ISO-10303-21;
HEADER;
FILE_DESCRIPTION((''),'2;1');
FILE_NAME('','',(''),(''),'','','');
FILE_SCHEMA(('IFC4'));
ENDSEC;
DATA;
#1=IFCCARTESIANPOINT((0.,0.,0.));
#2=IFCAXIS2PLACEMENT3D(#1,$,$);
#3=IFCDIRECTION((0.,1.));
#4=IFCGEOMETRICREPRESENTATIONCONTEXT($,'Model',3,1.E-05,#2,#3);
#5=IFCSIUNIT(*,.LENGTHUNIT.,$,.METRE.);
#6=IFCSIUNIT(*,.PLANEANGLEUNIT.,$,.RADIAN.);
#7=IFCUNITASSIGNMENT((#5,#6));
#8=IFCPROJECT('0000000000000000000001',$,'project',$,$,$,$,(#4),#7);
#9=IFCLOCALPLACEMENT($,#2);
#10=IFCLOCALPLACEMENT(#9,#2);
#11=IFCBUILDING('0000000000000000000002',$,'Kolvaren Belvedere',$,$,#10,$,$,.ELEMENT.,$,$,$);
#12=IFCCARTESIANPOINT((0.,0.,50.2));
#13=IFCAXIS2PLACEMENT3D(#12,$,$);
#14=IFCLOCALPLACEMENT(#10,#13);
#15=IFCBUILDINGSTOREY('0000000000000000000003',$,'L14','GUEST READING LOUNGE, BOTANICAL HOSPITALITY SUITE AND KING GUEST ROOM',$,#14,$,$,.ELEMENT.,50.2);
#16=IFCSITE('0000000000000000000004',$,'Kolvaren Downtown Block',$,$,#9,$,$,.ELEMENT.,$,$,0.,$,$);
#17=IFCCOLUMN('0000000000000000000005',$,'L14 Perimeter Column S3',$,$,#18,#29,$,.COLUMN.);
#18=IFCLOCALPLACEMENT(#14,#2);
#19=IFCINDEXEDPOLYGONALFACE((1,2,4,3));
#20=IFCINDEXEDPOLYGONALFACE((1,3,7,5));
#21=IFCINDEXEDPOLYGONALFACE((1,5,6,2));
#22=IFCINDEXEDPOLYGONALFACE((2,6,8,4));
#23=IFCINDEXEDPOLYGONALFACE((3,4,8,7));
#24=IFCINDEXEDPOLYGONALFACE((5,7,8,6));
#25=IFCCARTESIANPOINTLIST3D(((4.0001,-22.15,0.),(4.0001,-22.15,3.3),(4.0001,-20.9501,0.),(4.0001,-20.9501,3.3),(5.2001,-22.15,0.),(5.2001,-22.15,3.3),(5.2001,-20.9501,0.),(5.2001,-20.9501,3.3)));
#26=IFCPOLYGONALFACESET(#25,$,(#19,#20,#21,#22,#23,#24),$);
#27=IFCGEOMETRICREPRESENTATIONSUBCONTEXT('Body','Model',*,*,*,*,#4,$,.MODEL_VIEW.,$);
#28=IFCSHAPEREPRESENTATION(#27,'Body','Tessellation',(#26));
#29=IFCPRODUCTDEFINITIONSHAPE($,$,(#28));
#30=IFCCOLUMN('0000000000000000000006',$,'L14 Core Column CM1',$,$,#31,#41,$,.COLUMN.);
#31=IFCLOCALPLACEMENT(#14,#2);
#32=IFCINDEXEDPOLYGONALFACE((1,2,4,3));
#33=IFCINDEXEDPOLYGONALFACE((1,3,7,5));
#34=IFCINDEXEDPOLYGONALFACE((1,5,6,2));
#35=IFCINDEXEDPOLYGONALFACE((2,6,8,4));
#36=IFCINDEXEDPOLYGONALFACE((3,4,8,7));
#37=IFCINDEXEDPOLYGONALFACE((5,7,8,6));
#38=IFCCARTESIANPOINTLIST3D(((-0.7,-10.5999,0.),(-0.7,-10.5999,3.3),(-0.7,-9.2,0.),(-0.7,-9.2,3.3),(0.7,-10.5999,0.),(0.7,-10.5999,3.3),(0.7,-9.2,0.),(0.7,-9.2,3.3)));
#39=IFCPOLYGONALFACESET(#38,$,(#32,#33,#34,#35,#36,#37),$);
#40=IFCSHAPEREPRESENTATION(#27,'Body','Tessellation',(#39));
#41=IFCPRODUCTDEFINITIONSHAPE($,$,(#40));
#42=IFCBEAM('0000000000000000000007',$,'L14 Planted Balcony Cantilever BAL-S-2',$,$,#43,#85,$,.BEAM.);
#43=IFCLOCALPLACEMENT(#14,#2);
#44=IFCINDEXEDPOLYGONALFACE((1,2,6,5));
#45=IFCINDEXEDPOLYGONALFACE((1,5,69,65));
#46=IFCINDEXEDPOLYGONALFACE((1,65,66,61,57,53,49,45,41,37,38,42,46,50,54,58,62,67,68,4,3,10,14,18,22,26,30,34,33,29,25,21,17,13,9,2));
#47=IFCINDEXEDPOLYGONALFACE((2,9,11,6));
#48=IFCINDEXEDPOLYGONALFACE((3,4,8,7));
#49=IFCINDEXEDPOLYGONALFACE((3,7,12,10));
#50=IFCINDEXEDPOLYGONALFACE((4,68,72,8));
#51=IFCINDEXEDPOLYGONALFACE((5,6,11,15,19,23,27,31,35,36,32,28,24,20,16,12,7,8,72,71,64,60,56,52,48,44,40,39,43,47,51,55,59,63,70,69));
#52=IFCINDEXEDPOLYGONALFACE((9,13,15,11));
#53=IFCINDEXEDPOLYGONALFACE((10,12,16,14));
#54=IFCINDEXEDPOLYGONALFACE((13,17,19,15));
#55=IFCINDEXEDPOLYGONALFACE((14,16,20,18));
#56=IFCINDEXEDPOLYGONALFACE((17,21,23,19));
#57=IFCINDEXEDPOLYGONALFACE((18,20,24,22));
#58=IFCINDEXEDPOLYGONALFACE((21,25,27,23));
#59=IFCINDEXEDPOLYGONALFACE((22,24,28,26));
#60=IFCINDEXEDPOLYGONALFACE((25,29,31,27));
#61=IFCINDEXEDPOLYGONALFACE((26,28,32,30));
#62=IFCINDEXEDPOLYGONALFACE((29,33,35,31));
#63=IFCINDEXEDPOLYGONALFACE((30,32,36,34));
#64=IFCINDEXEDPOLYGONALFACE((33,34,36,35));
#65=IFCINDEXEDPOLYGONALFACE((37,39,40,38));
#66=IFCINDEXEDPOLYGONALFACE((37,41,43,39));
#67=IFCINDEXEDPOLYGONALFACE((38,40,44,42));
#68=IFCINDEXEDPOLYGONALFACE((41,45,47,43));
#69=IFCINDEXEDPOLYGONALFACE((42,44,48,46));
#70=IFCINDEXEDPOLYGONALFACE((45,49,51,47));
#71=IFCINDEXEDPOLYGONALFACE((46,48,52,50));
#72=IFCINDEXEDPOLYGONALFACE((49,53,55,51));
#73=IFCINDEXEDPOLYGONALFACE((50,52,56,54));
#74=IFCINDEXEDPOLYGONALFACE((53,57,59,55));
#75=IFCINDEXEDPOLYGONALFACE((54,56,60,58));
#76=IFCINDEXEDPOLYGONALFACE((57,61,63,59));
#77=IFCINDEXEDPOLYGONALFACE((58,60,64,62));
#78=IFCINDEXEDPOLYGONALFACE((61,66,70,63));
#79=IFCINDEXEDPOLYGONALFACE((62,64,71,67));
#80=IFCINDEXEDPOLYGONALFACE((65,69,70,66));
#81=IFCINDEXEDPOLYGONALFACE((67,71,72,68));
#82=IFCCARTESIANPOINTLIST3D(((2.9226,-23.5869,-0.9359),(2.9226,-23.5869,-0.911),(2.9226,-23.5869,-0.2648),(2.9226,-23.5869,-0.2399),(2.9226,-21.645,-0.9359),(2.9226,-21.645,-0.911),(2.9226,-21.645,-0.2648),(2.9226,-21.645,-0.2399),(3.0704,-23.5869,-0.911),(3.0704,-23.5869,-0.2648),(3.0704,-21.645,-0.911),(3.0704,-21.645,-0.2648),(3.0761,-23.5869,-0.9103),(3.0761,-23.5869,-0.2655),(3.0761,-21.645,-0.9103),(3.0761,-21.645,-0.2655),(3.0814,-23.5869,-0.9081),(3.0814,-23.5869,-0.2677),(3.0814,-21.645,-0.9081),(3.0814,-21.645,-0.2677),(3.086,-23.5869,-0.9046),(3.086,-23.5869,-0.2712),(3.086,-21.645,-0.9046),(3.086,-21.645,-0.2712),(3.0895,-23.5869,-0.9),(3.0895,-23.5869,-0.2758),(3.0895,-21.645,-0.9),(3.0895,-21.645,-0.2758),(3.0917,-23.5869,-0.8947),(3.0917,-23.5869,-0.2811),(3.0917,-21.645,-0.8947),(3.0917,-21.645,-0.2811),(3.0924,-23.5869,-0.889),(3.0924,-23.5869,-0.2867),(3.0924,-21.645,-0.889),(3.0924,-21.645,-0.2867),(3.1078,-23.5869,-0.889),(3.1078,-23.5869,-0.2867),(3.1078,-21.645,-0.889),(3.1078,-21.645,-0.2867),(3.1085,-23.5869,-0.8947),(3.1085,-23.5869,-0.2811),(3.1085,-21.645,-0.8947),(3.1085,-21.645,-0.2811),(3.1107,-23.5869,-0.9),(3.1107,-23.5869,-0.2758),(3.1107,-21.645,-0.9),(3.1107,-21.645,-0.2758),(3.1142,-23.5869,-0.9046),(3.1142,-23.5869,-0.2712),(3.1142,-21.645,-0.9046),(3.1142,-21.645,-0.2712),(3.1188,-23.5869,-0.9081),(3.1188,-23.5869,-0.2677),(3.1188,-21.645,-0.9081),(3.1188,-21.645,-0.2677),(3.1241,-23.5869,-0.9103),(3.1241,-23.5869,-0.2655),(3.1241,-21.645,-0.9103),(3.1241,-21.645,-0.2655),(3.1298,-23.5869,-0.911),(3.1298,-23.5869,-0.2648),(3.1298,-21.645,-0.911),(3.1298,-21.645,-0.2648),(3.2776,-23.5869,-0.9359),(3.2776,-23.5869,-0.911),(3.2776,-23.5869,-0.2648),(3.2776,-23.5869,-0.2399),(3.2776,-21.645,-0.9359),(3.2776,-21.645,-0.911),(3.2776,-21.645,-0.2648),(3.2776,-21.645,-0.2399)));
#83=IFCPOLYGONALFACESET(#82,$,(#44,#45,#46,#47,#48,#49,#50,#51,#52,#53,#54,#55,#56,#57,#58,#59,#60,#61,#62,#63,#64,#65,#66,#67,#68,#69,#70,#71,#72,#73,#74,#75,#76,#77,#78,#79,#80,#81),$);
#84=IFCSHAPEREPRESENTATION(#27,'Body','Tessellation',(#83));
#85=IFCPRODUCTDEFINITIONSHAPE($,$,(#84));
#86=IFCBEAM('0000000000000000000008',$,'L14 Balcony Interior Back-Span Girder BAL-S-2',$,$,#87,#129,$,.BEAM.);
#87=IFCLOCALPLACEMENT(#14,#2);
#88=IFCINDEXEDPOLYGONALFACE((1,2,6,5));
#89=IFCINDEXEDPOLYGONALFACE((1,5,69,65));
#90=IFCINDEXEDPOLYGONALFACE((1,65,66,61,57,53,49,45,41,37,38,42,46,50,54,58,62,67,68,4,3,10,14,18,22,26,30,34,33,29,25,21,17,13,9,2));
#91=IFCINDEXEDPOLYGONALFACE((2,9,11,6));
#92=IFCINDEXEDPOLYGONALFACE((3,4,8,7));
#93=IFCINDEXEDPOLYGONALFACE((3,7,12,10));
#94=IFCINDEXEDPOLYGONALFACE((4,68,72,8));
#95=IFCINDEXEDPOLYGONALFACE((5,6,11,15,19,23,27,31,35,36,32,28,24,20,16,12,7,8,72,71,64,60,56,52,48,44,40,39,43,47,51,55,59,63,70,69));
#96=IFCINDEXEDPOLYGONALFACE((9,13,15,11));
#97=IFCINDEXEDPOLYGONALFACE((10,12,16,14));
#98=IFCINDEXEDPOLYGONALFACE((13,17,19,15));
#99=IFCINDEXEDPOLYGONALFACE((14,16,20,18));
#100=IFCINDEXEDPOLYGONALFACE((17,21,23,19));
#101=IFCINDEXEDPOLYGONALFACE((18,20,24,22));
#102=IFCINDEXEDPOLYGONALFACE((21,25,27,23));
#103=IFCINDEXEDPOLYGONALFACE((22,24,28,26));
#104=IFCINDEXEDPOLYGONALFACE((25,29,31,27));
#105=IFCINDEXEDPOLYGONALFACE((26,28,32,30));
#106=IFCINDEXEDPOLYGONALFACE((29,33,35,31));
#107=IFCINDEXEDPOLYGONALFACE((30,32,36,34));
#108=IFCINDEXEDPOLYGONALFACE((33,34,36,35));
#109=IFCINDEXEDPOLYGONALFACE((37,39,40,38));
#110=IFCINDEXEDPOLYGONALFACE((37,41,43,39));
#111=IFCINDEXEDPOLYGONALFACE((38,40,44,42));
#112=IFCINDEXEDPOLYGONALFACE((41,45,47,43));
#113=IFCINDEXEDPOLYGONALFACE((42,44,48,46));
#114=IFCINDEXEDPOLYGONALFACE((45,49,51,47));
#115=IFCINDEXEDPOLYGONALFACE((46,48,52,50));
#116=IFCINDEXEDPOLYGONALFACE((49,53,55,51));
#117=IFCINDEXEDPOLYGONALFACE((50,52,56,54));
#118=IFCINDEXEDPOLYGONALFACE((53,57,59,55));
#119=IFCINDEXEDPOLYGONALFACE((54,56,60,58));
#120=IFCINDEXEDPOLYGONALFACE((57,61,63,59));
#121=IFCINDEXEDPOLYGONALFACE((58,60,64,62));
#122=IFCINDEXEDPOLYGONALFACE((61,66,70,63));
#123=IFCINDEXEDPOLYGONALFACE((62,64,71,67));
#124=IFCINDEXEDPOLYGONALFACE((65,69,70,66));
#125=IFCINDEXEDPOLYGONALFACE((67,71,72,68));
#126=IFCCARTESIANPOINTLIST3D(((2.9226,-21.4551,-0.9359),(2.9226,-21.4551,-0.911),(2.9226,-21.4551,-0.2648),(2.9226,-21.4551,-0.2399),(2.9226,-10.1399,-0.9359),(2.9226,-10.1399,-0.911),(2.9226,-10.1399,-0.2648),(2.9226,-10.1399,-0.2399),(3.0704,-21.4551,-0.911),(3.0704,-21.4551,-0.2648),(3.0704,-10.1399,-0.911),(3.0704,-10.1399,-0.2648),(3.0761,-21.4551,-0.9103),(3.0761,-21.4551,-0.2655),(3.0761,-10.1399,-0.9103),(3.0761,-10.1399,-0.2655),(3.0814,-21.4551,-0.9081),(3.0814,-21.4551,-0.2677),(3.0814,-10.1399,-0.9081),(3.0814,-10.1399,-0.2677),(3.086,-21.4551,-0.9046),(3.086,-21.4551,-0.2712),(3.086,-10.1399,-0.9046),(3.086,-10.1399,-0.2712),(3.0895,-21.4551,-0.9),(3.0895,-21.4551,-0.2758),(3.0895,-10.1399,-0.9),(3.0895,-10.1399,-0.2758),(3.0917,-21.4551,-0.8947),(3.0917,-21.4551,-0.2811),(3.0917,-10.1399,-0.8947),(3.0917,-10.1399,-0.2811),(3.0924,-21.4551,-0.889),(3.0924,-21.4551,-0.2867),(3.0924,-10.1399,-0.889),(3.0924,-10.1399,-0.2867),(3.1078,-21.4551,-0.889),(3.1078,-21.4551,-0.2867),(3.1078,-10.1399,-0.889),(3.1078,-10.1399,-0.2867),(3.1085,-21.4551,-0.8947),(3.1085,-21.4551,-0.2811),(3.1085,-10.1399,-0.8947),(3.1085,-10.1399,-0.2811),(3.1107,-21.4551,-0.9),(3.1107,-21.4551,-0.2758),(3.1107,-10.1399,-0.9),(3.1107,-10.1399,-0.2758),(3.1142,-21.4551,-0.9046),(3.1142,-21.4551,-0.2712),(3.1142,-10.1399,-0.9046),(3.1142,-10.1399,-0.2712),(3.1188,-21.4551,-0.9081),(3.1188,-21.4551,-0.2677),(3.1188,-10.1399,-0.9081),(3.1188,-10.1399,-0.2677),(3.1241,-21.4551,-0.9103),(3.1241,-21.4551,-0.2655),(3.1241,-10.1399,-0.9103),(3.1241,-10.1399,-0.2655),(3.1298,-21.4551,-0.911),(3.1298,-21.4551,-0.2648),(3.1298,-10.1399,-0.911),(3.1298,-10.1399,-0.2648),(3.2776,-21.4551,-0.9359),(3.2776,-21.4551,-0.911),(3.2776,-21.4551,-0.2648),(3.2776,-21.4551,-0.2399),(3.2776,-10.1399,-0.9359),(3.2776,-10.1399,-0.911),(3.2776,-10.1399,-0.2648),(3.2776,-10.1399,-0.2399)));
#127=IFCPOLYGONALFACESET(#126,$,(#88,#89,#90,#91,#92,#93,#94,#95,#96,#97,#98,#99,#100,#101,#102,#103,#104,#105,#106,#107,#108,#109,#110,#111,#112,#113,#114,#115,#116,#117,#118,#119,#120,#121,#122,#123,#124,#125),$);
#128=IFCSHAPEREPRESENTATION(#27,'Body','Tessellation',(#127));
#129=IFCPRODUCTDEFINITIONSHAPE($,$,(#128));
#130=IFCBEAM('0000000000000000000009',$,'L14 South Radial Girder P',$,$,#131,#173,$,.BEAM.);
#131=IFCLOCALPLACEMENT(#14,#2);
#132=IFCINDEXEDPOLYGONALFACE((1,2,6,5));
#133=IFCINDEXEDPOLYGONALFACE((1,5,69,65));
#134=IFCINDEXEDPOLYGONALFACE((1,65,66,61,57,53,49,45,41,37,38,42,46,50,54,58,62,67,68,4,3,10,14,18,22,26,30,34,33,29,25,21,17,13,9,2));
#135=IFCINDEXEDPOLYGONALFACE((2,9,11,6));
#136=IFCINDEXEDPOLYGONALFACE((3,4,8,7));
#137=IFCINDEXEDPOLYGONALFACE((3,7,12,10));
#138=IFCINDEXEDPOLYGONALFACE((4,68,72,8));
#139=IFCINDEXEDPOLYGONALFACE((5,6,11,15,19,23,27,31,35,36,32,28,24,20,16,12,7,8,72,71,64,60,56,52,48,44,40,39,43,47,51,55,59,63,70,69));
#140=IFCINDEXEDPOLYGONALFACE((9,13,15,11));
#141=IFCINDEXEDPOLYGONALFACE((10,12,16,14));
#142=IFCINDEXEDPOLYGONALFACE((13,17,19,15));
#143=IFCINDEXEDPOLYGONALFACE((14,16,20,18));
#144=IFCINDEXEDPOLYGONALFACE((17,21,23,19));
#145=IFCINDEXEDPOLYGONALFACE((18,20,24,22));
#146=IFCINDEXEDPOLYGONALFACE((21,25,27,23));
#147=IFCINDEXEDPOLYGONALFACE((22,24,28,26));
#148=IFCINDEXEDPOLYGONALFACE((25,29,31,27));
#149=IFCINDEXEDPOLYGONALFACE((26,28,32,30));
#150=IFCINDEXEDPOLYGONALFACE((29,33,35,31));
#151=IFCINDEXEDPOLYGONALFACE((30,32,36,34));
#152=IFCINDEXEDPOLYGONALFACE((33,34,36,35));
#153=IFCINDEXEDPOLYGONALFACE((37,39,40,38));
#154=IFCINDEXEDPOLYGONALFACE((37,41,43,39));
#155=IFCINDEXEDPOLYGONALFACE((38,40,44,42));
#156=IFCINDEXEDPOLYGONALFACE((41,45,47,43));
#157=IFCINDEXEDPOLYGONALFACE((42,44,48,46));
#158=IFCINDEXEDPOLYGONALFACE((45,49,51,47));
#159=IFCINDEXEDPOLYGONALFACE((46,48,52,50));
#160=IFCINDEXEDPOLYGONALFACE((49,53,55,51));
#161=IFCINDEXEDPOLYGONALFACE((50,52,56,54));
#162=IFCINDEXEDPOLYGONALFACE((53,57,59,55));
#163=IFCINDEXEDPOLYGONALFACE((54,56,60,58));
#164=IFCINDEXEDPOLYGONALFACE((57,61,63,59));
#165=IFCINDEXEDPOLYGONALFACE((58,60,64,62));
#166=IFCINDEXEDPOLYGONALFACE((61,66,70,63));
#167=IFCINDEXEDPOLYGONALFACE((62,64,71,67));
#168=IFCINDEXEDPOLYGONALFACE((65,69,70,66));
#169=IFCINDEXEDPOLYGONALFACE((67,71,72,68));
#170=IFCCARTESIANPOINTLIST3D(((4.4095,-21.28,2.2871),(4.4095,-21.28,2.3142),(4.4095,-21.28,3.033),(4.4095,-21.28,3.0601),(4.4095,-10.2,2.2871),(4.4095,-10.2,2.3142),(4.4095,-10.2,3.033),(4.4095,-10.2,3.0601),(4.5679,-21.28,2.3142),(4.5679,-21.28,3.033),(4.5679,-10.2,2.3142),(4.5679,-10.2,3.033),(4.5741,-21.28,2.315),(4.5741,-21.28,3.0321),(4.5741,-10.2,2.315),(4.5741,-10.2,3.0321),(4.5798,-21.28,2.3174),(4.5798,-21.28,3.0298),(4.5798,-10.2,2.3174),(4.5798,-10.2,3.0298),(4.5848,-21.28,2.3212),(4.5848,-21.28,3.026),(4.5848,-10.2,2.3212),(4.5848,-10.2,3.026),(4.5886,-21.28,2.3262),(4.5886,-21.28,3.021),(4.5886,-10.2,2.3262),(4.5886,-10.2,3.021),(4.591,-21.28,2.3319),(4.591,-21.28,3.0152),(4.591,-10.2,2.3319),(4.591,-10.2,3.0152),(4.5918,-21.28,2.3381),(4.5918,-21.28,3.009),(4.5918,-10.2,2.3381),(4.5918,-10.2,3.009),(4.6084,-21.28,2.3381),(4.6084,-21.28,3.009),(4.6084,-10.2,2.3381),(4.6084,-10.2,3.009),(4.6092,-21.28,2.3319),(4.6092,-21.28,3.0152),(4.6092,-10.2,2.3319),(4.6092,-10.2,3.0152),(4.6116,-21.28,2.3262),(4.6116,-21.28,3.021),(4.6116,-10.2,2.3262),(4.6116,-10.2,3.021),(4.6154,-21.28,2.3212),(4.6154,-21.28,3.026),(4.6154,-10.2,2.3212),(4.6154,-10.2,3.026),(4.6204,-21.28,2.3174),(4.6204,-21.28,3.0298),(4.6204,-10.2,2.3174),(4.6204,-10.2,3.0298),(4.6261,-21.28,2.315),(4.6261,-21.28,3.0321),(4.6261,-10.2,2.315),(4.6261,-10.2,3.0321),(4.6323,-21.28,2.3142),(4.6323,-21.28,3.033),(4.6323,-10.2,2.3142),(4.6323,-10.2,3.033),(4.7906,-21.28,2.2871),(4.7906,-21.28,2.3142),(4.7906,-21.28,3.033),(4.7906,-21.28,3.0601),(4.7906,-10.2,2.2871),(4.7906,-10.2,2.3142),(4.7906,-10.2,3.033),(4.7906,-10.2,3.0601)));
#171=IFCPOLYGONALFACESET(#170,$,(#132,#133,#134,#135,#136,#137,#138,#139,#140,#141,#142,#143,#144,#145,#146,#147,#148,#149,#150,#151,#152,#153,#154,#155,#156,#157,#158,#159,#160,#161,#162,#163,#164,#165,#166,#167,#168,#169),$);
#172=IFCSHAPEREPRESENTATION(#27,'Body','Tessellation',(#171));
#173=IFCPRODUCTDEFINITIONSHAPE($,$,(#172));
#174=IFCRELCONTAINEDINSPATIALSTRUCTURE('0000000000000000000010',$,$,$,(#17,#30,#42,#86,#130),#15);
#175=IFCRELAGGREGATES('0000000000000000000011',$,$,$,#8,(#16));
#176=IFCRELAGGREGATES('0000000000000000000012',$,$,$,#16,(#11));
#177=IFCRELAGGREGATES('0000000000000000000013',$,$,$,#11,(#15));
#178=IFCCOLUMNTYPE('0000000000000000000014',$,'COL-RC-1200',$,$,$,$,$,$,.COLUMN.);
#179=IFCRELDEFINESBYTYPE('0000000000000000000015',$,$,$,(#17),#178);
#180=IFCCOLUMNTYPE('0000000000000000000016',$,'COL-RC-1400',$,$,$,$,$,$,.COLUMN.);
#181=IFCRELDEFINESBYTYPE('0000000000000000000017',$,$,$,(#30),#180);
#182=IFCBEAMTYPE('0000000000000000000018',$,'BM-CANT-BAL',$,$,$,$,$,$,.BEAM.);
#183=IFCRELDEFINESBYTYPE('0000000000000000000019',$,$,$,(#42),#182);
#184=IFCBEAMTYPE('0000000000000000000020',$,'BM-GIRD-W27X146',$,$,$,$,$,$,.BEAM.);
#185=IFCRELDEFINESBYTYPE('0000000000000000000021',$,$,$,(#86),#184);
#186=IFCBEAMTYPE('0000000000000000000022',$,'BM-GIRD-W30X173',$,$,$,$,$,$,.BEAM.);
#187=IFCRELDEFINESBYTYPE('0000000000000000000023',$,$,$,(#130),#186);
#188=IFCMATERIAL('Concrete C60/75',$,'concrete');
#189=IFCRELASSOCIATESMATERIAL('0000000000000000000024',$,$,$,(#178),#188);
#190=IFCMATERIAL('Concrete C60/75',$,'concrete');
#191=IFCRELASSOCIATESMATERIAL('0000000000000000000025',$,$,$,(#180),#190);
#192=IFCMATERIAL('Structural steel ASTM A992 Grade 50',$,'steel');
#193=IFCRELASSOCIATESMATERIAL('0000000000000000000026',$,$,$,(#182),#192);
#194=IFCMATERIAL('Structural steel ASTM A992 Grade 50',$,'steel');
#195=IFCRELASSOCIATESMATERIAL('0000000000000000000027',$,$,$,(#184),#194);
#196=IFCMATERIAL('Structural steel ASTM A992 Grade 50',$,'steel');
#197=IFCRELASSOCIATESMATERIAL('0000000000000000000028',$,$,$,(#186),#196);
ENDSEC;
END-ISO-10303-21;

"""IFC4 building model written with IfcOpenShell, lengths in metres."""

from ifc_helpers import new_model, si_unit, direction, frame, origin, origin_2d, place, context, subcontext, project, spatial, rectangle, i_section, extrude, material, material_profile, profile_set, type_object, element, save


model = new_model("IFC4")

# Units and contexts
model_context = context("Model", 3, precision=1e-05, world=origin(), true_north=direction((0.0, 1.0)))
body_context = subcontext(model_context, "Body", "Model", "MODEL_VIEW")
ifc_project = project(units=[si_unit("LENGTHUNIT", "METRE"), si_unit("PLANEANGLEUNIT", "RADIAN")], contexts=[model_context])

# Site, building, storey
site_placement = place(None, origin())
site = spatial("IfcSite", under=ifc_project, at=site_placement, Name="Kolvaren Downtown Block", CompositionType="ELEMENT", RefElevation=0.0)
building_placement = place(site_placement, origin())
building = spatial("IfcBuilding", under=site, at=building_placement, Name="Kolvaren Belvedere", CompositionType="ELEMENT")
storey_placement = place(building_placement, frame((0.0, 0.0, 50.2)))
storey = spatial("IfcBuildingStorey", under=building, at=storey_placement, Name="L14", Description="GUEST READING LOUNGE, BOTANICAL HOSPITALITY SUITE AND KING GUEST ROOM", CompositionType="ELEMENT", Elevation=50.2)

# Columns
ifc_material_1 = material(Name="Concrete C60/75", Category="concrete")
ifc_material_profile_1 = material_profile(ifc_material_1, rectangle(XDim=1.2, YDim=1.2, at=origin_2d()), Name="RC 1200X1200")
ifc_profile_set_1 = profile_set([ifc_material_profile_1], Name="Concrete C60/75")
column_type_1 = type_object("IfcColumnType", Name="COL-RC-1200", PredefinedType="COLUMN", material=ifc_profile_set_1)
column_1_placement = place(storey_placement, frame((4.6001, -21.55, 0.0), z_axis=(0.0, 0.0, 1.0), x_axis=(1.0, 0.0, 0.0)))
element("IfcColumn", 1, at=column_1_placement, inside=storey, type_object=column_type_1, Name="L14 Perimeter Column S3", PredefinedType="COLUMN", context=body_context, shape_type="SweptSolid", body=[
    extrude(rectangle(XDim=1.2, YDim=1.2, at=origin_2d()), origin(), (0.0, 0.0, 1.0), 3.3),
])
ifc_material_2 = material(Name="Concrete C60/75", Category="concrete")
ifc_material_profile_2 = material_profile(ifc_material_2, rectangle(XDim=1.3999, YDim=1.3999, at=origin_2d()), Name="RC 1400X1400")
ifc_profile_set_2 = profile_set([ifc_material_profile_2], Name="Concrete C60/75")
column_type_2 = type_object("IfcColumnType", Name="COL-RC-1400", PredefinedType="COLUMN", material=ifc_profile_set_2)
column_2_placement = place(storey_placement, frame((0.0, -9.8999, 0.0), z_axis=(0.0, 0.0, 1.0), x_axis=(1.0, 0.0, 0.0)))
element("IfcColumn", 2, at=column_2_placement, inside=storey, type_object=column_type_2, Name="L14 Core Column CM1", PredefinedType="COLUMN", context=body_context, shape_type="SweptSolid", body=[
    extrude(rectangle(XDim=1.3999, YDim=1.3999, at=origin_2d()), origin(), (0.0, 0.0, 1.0), 3.3),
])

# Beams
ifc_material_3 = material(Name="Structural steel ASTM A992 Grade 50", Category="steel")
ifc_material_profile_3 = material_profile(ifc_material_3, i_section(OverallWidth=0.355, OverallDepth=0.696, WebThickness=0.0154, FlangeThickness=0.0249, FilletRadius=0.022, at=origin_2d()), Name="W27X146")
ifc_profile_set_3 = profile_set([ifc_material_profile_3], Name="Structural steel ASTM A992 Grade 50")
beam_type_1 = type_object("IfcBeamType", Name="BM-CANT-BAL", PredefinedType="BEAM", material=ifc_profile_set_3)
beam_1_placement = place(storey_placement, frame((3.1001, -21.645, -0.5879), z_axis=(0.0, -1.0, 0.0), x_axis=(1.0, 0.0, 0.0)))
element("IfcBeam", 3, at=beam_1_placement, inside=storey, type_object=beam_type_1, Name="L14 Planted Balcony Cantilever BAL-S-2", PredefinedType="BEAM", context=body_context, shape_type="SweptSolid", body=[
    extrude(i_section(OverallWidth=0.355, OverallDepth=0.696, WebThickness=0.0154, FlangeThickness=0.0249, FilletRadius=0.022, at=origin_2d()), origin(), (0.0, 0.0, 1.0), 1.9419),
])
ifc_material_4 = material(Name="Structural steel ASTM A992 Grade 50", Category="steel")
ifc_material_profile_4 = material_profile(ifc_material_4, i_section(OverallWidth=0.355, OverallDepth=0.696, WebThickness=0.0154, FlangeThickness=0.0249, FilletRadius=0.022, at=origin_2d()), Name="W27X146")
ifc_profile_set_4 = profile_set([ifc_material_profile_4], Name="Structural steel ASTM A992 Grade 50")
beam_type_2 = type_object("IfcBeamType", Name="BM-GIRD-W27X146", PredefinedType="BEAM", material=ifc_profile_set_4)
beam_2_placement = place(storey_placement, frame((3.1001, -10.1399, -0.5879), z_axis=(0.0, -1.0, 0.0), x_axis=(1.0, 0.0, 0.0)))
element("IfcBeam", 4, at=beam_2_placement, inside=storey, type_object=beam_type_2, Name="L14 Balcony Interior Back-Span Girder BAL-S-2", PredefinedType="BEAM", context=body_context, shape_type="SweptSolid", body=[
    extrude(i_section(OverallWidth=0.355, OverallDepth=0.696, WebThickness=0.0154, FlangeThickness=0.0249, FilletRadius=0.022, at=origin_2d()), origin(), (0.0, 0.0, 1.0), 11.3152),
])
ifc_material_5 = material(Name="Structural steel ASTM A992 Grade 50", Category="steel")
ifc_material_profile_5 = material_profile(ifc_material_5, i_section(OverallWidth=0.3811, OverallDepth=0.7729, WebThickness=0.0166, FlangeThickness=0.0271, FilletRadius=0.0239, at=origin_2d()), Name="W30X173")
ifc_profile_set_5 = profile_set([ifc_material_profile_5], Name="Structural steel ASTM A992 Grade 50")
beam_type_3 = type_object("IfcBeamType", Name="BM-GIRD-W30X173", PredefinedType="BEAM", material=ifc_profile_set_5)
beam_3_placement = place(storey_placement, frame((4.6001, -10.2, 2.6736), z_axis=(0.0, -1.0, 0.0), x_axis=(1.0, 0.0, 0.0)))
element("IfcBeam", 5, at=beam_3_placement, inside=storey, type_object=beam_type_3, Name="L14 South Radial Girder P", PredefinedType="BEAM", context=body_context, shape_type="SweptSolid", body=[
    extrude(i_section(OverallWidth=0.3811, OverallDepth=0.7729, WebThickness=0.0166, FlangeThickness=0.0271, FilletRadius=0.0239, at=origin_2d()), origin(), (0.0, 0.0, 1.0), 11.0801),
])

save(model, "model.ifc")
